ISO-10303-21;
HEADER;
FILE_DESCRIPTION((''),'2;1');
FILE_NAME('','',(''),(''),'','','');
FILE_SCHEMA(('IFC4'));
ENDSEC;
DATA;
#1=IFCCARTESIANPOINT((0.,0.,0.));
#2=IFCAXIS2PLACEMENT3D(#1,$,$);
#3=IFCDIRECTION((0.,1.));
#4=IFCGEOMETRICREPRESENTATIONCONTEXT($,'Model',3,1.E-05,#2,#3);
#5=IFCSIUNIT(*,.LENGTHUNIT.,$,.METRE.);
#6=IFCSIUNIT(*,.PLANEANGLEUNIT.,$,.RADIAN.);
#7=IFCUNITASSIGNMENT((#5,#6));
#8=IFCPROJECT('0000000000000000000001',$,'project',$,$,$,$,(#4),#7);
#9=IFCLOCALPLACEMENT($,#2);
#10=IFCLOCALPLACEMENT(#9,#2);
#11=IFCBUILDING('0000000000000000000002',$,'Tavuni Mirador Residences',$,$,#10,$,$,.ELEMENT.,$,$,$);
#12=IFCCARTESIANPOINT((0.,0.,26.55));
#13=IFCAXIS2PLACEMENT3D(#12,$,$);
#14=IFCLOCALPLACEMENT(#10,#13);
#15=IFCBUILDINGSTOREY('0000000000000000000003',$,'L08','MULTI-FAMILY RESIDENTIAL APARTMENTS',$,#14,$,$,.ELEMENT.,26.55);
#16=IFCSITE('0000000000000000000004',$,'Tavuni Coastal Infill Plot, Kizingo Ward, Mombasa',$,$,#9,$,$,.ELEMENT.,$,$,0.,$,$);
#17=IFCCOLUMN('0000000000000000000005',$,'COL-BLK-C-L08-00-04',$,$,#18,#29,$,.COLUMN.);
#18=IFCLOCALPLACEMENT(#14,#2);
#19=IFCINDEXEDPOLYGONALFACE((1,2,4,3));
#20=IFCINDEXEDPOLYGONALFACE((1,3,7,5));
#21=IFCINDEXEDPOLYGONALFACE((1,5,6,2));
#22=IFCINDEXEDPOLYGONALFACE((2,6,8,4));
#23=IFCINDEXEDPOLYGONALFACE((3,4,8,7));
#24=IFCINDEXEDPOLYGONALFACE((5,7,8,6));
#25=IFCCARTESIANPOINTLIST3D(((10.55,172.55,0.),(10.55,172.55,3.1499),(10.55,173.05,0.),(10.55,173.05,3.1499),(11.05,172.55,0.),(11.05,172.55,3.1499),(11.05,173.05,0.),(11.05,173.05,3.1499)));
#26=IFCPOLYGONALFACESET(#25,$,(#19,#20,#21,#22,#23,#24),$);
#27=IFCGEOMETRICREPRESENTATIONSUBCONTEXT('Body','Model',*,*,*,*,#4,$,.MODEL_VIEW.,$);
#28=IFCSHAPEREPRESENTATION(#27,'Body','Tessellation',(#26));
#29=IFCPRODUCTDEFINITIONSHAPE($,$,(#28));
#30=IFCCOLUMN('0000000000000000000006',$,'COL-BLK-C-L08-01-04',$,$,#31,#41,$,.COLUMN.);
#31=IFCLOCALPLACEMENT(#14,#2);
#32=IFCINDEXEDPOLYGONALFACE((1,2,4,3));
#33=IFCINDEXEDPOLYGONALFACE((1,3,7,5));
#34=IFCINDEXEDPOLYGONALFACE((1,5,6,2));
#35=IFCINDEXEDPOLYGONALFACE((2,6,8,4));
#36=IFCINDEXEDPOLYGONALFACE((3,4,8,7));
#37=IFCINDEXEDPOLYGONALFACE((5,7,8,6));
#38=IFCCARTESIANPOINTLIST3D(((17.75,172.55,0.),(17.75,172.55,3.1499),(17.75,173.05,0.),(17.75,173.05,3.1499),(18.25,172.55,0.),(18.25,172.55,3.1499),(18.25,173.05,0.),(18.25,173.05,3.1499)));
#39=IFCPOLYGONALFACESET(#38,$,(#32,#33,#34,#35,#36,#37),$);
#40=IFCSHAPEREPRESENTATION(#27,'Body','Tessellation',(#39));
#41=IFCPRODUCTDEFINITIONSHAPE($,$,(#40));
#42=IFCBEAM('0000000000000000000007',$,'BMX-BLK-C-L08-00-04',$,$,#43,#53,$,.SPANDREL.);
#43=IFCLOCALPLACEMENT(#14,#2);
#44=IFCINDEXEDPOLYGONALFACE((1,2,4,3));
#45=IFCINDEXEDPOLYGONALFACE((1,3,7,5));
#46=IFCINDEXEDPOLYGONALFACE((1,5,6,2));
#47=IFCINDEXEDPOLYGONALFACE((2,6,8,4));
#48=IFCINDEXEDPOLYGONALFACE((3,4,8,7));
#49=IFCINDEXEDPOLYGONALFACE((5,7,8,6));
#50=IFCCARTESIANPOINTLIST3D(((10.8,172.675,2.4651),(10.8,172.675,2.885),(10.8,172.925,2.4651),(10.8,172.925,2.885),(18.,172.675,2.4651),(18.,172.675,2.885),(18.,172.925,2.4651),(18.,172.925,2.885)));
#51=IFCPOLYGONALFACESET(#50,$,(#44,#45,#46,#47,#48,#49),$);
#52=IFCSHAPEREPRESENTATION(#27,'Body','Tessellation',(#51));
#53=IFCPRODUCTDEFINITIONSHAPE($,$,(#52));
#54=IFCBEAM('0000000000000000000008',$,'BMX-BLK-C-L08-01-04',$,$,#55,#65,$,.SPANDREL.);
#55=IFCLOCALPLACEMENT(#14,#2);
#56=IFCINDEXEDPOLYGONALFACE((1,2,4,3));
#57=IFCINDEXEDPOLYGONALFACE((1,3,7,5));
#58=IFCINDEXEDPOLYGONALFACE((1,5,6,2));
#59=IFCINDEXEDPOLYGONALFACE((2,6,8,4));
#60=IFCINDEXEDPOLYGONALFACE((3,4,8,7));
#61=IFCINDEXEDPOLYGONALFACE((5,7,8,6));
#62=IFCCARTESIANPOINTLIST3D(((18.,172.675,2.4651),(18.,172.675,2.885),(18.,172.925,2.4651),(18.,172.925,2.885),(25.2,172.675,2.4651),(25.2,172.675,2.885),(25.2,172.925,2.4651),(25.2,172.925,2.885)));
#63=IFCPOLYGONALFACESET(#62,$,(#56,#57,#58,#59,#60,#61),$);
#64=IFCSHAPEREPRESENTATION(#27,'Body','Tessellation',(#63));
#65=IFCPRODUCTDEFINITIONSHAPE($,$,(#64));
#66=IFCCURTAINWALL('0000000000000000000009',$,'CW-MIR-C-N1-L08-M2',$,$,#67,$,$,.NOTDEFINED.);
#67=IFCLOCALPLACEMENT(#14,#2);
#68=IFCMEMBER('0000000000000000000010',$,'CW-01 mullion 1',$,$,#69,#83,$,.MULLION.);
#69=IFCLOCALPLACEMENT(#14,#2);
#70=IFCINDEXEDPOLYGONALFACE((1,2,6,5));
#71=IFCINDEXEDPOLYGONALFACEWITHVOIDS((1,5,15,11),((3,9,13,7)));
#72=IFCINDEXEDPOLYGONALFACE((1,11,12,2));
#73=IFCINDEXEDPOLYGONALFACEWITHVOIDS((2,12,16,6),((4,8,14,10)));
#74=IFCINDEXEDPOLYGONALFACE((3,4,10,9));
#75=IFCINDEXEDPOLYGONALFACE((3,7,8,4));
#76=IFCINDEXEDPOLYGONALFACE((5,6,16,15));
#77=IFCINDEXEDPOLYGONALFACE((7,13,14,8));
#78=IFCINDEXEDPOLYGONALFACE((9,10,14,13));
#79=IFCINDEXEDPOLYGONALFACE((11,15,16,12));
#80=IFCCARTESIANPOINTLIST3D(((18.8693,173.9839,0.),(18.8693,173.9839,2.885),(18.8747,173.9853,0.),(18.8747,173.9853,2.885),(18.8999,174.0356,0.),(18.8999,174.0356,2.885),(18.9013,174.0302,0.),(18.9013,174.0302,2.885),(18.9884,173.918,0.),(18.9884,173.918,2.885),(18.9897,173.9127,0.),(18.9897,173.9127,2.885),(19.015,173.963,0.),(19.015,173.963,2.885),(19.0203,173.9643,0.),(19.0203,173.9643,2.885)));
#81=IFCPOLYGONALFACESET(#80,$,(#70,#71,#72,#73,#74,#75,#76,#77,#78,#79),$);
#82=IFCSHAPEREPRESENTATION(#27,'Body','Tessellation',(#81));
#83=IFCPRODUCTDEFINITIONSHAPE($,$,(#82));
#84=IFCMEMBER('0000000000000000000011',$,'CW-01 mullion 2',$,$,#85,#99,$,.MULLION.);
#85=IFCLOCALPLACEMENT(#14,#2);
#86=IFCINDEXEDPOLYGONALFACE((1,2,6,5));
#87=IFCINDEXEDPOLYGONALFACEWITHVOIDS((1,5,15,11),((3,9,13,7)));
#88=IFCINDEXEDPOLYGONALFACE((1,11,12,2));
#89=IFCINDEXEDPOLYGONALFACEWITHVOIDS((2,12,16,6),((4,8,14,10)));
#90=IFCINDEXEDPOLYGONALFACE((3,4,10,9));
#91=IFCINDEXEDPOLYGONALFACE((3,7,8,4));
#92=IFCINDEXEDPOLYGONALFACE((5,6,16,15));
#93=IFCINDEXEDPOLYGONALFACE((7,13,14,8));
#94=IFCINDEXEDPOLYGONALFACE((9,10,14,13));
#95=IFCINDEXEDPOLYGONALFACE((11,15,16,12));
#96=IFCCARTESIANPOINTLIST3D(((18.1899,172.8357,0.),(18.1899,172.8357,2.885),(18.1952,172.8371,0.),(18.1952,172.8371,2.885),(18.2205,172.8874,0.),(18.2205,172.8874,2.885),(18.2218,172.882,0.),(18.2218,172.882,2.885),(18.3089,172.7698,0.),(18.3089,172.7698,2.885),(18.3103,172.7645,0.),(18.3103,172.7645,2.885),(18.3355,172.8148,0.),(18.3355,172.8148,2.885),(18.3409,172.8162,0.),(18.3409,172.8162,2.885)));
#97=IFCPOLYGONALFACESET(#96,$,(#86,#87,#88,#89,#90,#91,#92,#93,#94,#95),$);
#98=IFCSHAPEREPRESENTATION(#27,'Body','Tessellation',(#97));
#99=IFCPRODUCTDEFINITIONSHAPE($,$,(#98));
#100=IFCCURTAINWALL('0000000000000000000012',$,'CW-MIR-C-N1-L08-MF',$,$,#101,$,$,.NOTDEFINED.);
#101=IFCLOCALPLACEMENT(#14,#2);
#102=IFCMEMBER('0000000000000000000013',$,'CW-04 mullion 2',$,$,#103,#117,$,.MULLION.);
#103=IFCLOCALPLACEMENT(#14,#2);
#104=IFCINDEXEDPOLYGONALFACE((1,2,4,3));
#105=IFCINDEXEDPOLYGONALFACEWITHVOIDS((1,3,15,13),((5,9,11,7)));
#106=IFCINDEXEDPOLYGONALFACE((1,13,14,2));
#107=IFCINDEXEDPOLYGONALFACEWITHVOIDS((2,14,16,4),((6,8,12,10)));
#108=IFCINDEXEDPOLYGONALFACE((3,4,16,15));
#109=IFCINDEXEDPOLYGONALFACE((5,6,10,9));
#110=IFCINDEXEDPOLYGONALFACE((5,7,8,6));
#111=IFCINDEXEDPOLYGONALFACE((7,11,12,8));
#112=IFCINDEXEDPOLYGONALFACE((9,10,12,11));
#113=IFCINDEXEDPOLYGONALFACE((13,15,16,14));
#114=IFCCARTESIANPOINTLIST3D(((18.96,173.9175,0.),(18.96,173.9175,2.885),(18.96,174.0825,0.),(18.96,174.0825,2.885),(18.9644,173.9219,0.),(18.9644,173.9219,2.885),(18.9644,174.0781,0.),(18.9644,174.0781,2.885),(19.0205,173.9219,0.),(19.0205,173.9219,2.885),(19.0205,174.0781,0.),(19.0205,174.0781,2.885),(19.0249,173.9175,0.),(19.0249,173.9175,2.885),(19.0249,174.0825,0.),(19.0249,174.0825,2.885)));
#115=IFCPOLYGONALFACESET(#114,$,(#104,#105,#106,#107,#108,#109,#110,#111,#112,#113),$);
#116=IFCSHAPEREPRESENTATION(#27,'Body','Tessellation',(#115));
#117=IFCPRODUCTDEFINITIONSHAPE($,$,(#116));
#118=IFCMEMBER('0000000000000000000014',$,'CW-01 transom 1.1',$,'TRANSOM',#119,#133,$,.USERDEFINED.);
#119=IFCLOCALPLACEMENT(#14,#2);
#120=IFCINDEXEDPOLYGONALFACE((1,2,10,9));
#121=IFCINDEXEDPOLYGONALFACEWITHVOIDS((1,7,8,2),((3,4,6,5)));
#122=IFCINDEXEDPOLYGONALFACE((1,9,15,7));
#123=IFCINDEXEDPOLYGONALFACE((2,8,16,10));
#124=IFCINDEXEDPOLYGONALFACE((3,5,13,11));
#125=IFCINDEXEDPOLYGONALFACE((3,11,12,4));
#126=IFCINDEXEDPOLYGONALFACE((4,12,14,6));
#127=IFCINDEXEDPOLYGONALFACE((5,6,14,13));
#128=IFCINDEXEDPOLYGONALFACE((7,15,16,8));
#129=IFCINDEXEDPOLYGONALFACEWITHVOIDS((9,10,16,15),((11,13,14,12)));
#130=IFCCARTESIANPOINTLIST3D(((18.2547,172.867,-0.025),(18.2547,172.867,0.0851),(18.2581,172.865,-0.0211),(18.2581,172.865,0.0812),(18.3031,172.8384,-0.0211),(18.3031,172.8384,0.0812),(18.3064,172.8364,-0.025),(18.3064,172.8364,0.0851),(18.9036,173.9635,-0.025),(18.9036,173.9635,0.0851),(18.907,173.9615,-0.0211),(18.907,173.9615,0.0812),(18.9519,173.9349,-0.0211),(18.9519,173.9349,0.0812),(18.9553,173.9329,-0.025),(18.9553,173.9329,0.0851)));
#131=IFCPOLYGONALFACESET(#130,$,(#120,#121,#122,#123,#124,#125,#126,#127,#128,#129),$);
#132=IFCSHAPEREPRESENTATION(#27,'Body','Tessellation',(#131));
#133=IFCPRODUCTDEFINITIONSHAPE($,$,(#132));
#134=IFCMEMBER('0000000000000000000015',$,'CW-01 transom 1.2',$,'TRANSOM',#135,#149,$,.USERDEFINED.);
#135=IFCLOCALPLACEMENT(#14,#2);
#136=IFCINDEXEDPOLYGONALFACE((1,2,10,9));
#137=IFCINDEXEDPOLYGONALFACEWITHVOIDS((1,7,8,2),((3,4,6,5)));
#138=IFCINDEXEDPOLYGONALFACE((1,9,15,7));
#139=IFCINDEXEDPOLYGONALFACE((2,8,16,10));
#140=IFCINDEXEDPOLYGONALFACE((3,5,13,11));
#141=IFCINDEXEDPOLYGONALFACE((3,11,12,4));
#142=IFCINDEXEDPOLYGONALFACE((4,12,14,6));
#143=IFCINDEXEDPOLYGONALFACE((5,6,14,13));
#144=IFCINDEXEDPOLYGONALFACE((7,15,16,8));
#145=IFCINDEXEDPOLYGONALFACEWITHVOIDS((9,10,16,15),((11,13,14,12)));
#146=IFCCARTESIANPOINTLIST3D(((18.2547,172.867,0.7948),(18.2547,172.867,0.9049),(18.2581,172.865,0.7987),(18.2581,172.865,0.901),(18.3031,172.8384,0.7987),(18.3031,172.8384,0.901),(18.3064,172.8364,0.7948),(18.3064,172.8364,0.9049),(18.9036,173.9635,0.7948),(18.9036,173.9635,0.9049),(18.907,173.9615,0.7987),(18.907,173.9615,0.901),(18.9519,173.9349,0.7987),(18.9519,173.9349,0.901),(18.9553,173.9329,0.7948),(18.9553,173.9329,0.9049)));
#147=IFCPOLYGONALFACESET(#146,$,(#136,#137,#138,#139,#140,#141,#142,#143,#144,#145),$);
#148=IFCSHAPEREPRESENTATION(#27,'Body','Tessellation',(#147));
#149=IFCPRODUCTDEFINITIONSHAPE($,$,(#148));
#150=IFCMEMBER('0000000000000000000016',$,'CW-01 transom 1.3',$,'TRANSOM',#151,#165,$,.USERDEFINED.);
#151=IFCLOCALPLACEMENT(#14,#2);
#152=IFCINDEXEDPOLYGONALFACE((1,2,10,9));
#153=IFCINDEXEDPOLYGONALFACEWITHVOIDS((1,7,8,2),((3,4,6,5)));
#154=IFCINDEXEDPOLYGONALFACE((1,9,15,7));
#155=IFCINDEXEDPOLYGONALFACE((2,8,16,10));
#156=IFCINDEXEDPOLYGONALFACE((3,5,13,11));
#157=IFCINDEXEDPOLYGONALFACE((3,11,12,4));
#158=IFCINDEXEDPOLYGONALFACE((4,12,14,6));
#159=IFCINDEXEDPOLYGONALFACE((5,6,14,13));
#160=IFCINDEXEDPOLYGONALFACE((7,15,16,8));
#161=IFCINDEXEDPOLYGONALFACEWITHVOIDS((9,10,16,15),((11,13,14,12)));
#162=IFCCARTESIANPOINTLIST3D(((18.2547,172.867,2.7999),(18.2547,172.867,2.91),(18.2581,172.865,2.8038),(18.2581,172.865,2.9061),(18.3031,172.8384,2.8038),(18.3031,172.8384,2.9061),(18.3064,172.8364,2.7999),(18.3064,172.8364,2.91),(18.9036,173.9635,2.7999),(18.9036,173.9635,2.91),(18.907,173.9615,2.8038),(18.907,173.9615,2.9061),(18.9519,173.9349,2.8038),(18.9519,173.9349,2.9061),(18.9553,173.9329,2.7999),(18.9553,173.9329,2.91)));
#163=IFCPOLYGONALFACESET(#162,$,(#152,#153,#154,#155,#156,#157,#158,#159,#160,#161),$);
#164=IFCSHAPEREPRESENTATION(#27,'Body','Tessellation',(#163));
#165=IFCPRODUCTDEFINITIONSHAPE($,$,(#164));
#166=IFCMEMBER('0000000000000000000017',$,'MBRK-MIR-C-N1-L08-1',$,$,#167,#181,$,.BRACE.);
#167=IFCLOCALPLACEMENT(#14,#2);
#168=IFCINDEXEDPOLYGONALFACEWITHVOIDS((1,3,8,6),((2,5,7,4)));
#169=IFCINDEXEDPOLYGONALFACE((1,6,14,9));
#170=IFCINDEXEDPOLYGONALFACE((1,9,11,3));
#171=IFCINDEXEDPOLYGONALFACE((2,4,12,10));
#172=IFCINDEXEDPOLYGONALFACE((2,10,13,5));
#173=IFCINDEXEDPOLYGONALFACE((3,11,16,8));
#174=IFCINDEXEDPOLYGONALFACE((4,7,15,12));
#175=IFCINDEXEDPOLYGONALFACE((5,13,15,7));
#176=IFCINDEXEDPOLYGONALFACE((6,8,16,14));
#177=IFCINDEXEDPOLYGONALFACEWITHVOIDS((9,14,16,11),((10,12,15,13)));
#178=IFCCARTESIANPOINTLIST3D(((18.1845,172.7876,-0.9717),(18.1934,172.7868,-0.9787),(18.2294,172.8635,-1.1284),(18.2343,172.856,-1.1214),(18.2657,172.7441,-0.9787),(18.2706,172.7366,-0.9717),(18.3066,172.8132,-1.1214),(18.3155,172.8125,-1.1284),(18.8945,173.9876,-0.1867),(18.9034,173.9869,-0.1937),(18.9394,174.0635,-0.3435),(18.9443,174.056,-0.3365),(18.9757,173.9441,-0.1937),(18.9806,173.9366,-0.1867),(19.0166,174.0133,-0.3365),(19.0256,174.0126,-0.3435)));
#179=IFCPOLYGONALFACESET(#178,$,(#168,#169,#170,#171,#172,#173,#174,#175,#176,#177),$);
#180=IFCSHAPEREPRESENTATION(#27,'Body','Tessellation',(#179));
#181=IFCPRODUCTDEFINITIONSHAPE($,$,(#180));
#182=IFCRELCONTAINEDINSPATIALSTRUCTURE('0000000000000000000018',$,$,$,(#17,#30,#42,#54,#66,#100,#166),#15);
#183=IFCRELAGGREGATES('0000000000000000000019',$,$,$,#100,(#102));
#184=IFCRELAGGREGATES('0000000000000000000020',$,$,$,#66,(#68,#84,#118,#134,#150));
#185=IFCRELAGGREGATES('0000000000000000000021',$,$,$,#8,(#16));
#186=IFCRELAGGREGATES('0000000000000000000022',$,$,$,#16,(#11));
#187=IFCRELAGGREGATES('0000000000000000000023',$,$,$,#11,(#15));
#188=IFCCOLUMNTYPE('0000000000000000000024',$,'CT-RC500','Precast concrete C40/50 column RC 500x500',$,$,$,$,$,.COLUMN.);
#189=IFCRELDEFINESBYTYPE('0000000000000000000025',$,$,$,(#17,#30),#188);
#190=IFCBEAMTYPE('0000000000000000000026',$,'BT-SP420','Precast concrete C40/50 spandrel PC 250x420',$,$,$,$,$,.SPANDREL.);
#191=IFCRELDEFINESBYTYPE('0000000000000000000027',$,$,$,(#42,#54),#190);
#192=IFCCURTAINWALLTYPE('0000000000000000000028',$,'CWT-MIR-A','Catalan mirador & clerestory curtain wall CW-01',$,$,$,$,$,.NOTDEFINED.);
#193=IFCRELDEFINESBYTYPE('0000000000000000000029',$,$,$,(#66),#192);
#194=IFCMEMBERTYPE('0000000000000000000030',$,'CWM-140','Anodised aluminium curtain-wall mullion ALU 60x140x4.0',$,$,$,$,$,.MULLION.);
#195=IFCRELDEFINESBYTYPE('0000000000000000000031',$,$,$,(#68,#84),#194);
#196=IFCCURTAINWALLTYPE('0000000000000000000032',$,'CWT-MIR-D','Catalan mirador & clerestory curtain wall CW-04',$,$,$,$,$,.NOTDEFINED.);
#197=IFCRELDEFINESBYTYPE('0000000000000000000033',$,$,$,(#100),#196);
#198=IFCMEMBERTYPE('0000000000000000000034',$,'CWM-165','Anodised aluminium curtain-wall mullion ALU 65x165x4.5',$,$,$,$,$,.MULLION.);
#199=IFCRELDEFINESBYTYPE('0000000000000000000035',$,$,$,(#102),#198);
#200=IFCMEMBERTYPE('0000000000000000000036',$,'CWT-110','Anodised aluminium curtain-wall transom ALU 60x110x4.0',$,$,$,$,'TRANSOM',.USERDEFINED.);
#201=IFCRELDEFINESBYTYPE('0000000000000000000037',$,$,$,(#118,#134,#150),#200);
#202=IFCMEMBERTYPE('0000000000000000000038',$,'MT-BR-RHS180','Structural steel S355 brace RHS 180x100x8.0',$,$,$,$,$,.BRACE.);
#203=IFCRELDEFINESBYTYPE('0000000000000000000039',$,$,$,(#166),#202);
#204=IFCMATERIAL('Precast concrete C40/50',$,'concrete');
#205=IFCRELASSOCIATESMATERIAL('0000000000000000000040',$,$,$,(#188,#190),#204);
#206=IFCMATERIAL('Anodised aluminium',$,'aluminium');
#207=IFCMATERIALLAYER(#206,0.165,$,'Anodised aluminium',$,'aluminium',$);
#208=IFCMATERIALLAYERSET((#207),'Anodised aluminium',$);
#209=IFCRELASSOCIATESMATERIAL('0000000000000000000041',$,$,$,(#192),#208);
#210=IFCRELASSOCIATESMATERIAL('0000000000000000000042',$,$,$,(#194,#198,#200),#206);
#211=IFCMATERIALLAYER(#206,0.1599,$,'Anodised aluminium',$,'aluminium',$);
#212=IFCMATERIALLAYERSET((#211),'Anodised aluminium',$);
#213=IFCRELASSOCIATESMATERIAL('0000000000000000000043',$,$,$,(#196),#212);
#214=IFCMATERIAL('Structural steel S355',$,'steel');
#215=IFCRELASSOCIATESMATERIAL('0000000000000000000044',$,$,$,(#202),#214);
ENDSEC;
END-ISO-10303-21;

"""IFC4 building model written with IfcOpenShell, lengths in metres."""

from ifc_helpers import new_model, si_unit, direction, frame, origin, origin_2d, place, context, subcontext, project, spatial, rectangle, hollow_rectangle, extrude, material, layer, layer_set, material_profile, profile_set, type_object, element, aggregate, save


model = new_model("IFC4")

# Units and contexts
model_context = context("Model", 3, precision=1e-05, world=origin(), true_north=direction((0.0, 1.0)))
body_context = subcontext(model_context, "Body", "Model", "MODEL_VIEW")
ifc_project = project(units=[si_unit("LENGTHUNIT", "METRE"), si_unit("PLANEANGLEUNIT", "RADIAN")], contexts=[model_context])

# Site, building, storey
site_placement = place(None, origin())
site = spatial("IfcSite", under=ifc_project, at=site_placement, Name="Tavuni Coastal Infill Plot, Kizingo Ward, Mombasa", CompositionType="ELEMENT", RefElevation=0.0)
building_placement = place(site_placement, origin())
building = spatial("IfcBuilding", under=site, at=building_placement, Name="Tavuni Mirador Residences", CompositionType="ELEMENT")
storey_placement = place(building_placement, frame((0.0, 0.0, 26.55)))
storey = spatial("IfcBuildingStorey", under=building, at=storey_placement, Name="L08", Description="MULTI-FAMILY RESIDENTIAL APARTMENTS", CompositionType="ELEMENT", Elevation=26.55)

# Columns
ifc_material_1 = material(Name="Precast concrete C40/50", Category="concrete")
ifc_material_profile_1 = material_profile(ifc_material_1, rectangle(XDim=0.5, YDim=0.5, at=origin_2d()), Name="RC 500x500", Category="concrete")
ifc_profile_set_1 = profile_set([ifc_material_profile_1], Name="Precast concrete C40/50")
column_type = type_object("IfcColumnType", Name="CT-RC500", Description="Precast concrete C40/50 column RC 500x500", PredefinedType="COLUMN", material=ifc_profile_set_1)
for number, where, z_axis, x_axis, name in (
    (1, (10.8, 172.8, 0.0), (0.0, 0.0, 1.0), (1.0, 0.0, 0.0), "COL-BLK-C-L08-00-04"),
    (2, (18.0, 172.8, 0.0), (0.0, 0.0, 1.0), (1.0, 0.0, 0.0), "COL-BLK-C-L08-01-04"),
):
    element("IfcColumn", number, at=place(storey_placement, frame(where, z_axis=z_axis, x_axis=x_axis)), inside=storey, type_object=column_type, Name=name, PredefinedType="COLUMN", context=body_context, shape_type="SweptSolid", body=[
        extrude(rectangle(XDim=0.5, YDim=0.5, at=origin_2d()), origin(), (0.0, 0.0, 1.0), 3.1499),
    ])

# Beams
ifc_material_profile_2 = material_profile(ifc_material_1, rectangle(XDim=0.25, YDim=0.4199, at=origin_2d()), Name="PC 250x420", Category="concrete")
ifc_profile_set_2 = profile_set([ifc_material_profile_2], Name="Precast concrete C40/50")
beam_type = type_object("IfcBeamType", Name="BT-SP420", Description="Precast concrete C40/50 spandrel PC 250x420", PredefinedType="SPANDREL", material=ifc_profile_set_2)
for number, where, z_axis, x_axis, name in (
    (3, (10.8, 172.8, 2.675), (1.0, 0.0, 0.0), (0.0, 1.0, 0.0), "BMX-BLK-C-L08-00-04"),
    (4, (18.0, 172.8, 2.675), (1.0, 0.0, 0.0), (0.0, 1.0, 0.0), "BMX-BLK-C-L08-01-04"),
):
    element("IfcBeam", number, at=place(storey_placement, frame(where, z_axis=z_axis, x_axis=x_axis)), inside=storey, type_object=beam_type, Name=name, PredefinedType="SPANDREL", context=body_context, shape_type="SweptSolid", body=[
        extrude(rectangle(XDim=0.25, YDim=0.4199, at=origin_2d()), origin(), (0.0, 0.0, 1.0), 7.2),
    ])

# Curtain wall, members
ifc_material_2 = material(Name="Anodised aluminium", Category="aluminium")
ifc_layer_1 = layer(ifc_material_2, 0.165, Name="Anodised aluminium", Category="aluminium")
ifc_layer_set_1 = layer_set([ifc_layer_1], Name="Anodised aluminium")
curtain_wall_type_1 = type_object("IfcCurtainWallType", Name="CWT-MIR-A", Description="Catalan mirador & clerestory curtain wall CW-01", PredefinedType="NOTDEFINED", material=ifc_layer_set_1)
curtain_wall_1_placement = place(storey_placement, origin())
curtain_wall_1 = element("IfcCurtainWall", 5, at=curtain_wall_1_placement, inside=storey, type_object=curtain_wall_type_1, Name="CW-MIR-C-N1-L08-M2", PredefinedType="NOTDEFINED")
ifc_material_profile_3 = material_profile(ifc_material_2, hollow_rectangle(XDim=0.0601, YDim=0.1399, WallThickness=0.0039, at=origin_2d()), Name="ALU 60x140x4.0", Category="aluminium")
ifc_profile_set_3 = profile_set([ifc_material_profile_3], Name="Anodised aluminium")
member_type_1 = type_object("IfcMemberType", Name="CWM-140", Description="Anodised aluminium curtain-wall mullion ALU 60x140x4.0", PredefinedType="MULLION", material=ifc_profile_set_3)
member_1_placement = place(storey_placement, frame((18.9448, 173.9741, 0.0), z_axis=(0.0, 0.0, 1.0), x_axis=(-0.509212, -0.860641, 0.0)))
member_1 = element("IfcMember", 6, at=member_1_placement, type_object=member_type_1, Name="CW-01 mullion 1", PredefinedType="MULLION", context=body_context, shape_type="SweptSolid", body=[
    extrude(hollow_rectangle(XDim=0.0601, YDim=0.1399, WallThickness=0.0039, at=origin_2d()), origin(), (0.0, 0.0, 1.0), 2.885),
])
member_2_placement = place(storey_placement, frame((18.2654, 172.8259, 0.0), z_axis=(0.0, 0.0, 1.0), x_axis=(-0.509212, -0.860641, 0.0)))
member_2 = element("IfcMember", 7, at=member_2_placement, type_object=member_type_1, Name="CW-01 mullion 2", PredefinedType="MULLION", context=body_context, shape_type="SweptSolid", body=[
    extrude(hollow_rectangle(XDim=0.0601, YDim=0.1399, WallThickness=0.0039, at=origin_2d()), origin(), (0.0, 0.0, 1.0), 2.885),
])

# Curtain wall, member
ifc_layer_2 = layer(ifc_material_2, 0.1599, Name="Anodised aluminium", Category="aluminium")
ifc_layer_set_2 = layer_set([ifc_layer_2], Name="Anodised aluminium")
curtain_wall_type_2 = type_object("IfcCurtainWallType", Name="CWT-MIR-D", Description="Catalan mirador & clerestory curtain wall CW-04", PredefinedType="NOTDEFINED", material=ifc_layer_set_2)
curtain_wall_2_placement = place(storey_placement, origin())
curtain_wall_2 = element("IfcCurtainWall", 8, at=curtain_wall_2_placement, inside=storey, type_object=curtain_wall_type_2, Name="CW-MIR-C-N1-L08-MF", PredefinedType="NOTDEFINED")
ifc_material_profile_4 = material_profile(ifc_material_2, hollow_rectangle(XDim=0.0649, YDim=0.165, WallThickness=0.0044, at=origin_2d()), Name="ALU 65x165x4.5", Category="aluminium")
ifc_profile_set_4 = profile_set([ifc_material_profile_4], Name="Anodised aluminium")
member_type_2 = type_object("IfcMemberType", Name="CWM-165", Description="Anodised aluminium curtain-wall mullion ALU 65x165x4.5", PredefinedType="MULLION", material=ifc_profile_set_4)
member_3_placement = place(storey_placement, frame((18.9924, 174.0, 0.0), z_axis=(0.0, 0.0, 1.0), x_axis=(-1.0, 0.0, 0.0)))
member_3 = element("IfcMember", 9, at=member_3_placement, type_object=member_type_2, Name="CW-04 mullion 2", PredefinedType="MULLION", context=body_context, shape_type="SweptSolid", body=[
    extrude(hollow_rectangle(XDim=0.0649, YDim=0.165, WallThickness=0.0044, at=origin_2d()), origin(), (0.0, 0.0, 1.0), 2.885),
])
aggregate(curtain_wall_2, [member_3])

# Members
ifc_material_profile_5 = material_profile(ifc_material_2, hollow_rectangle(XDim=0.0601, YDim=0.1101, WallThickness=0.0039, at=origin_2d()), Name="ALU 60x110x4.0", Category="aluminium")
ifc_profile_set_5 = profile_set([ifc_material_profile_5], Name="Anodised aluminium")
member_type_3 = type_object("IfcMemberType", Name="CWT-110", Description="Anodised aluminium curtain-wall transom ALU 60x110x4.0", ElementType="TRANSOM", PredefinedType="USERDEFINED", material=ifc_profile_set_5)
member_4_placement = place(storey_placement, frame((18.9294, 173.9482, 0.03), z_axis=(-0.509246, -0.860621, 0.0), x_axis=(0.860621, -0.509246, 0.0)))
member_4 = element("IfcMember", 10, at=member_4_placement, type_object=member_type_3, Name="CW-01 transom 1.1", ObjectType="TRANSOM", PredefinedType="USERDEFINED", context=body_context, shape_type="SweptSolid", body=[
    extrude(hollow_rectangle(XDim=0.0601, YDim=0.1101, WallThickness=0.0039, at=origin_2d()), origin(), (0.0, 0.0, 1.0), 1.2742),
])
member_5_placement = place(storey_placement, frame((18.9294, 173.9482, 0.8499), z_axis=(-0.509246, -0.860621, 0.0), x_axis=(0.860621, -0.509246, 0.0)))
member_5 = element("IfcMember", 11, at=member_5_placement, type_object=member_type_3, Name="CW-01 transom 1.2", ObjectType="TRANSOM", PredefinedType="USERDEFINED", context=body_context, shape_type="SweptSolid", body=[
    extrude(hollow_rectangle(XDim=0.0601, YDim=0.1101, WallThickness=0.0039, at=origin_2d()), origin(), (0.0, 0.0, 1.0), 1.2742),
])
member_6_placement = place(storey_placement, frame((18.9294, 173.9482, 2.855), z_axis=(-0.509246, -0.860621, 0.0), x_axis=(0.860621, -0.509246, 0.0)))
member_6 = element("IfcMember", 12, at=member_6_placement, type_object=member_type_3, Name="CW-01 transom 1.3", ObjectType="TRANSOM", PredefinedType="USERDEFINED", context=body_context, shape_type="SweptSolid", body=[
    extrude(hollow_rectangle(XDim=0.0601, YDim=0.1101, WallThickness=0.0039, at=origin_2d()), origin(), (0.0, 0.0, 1.0), 1.2742),
])

# Member
ifc_material_3 = material(Name="Structural steel S355", Category="steel")
ifc_material_profile_6 = material_profile(ifc_material_3, hollow_rectangle(XDim=0.1001, YDim=0.1799, WallThickness=0.0081, at=origin_2d()), Name="RHS 180x100x8.0", Category="steel")
ifc_profile_set_6 = profile_set([ifc_material_profile_6], Name="Structural steel S355")
member_type_4 = type_object("IfcMemberType", Name="MT-BR-RHS180", Description="Structural steel S355 brace RHS 180x100x8.0", PredefinedType="BRACE", material=ifc_profile_set_6)
member_7_placement = place(storey_placement, frame((18.25, 172.8, -1.05), z_axis=(0.443724, 0.749967, 0.490569), x_axis=(-0.860644, 0.509207, 0.0)))
element("IfcMember", 13, at=member_7_placement, inside=storey, type_object=member_type_4, Name="MBRK-MIR-C-N1-L08-1", PredefinedType="BRACE", context=body_context, shape_type="SweptSolid", body=[
    extrude(hollow_rectangle(XDim=0.1001, YDim=0.1799, WallThickness=0.0081, at=origin_2d()), origin(), (0.0, 0.0, 1.0), 1.6001),
])

aggregate(curtain_wall_1, [member_1, member_2, member_4, member_5, member_6])

save(model, "model.ifc")
